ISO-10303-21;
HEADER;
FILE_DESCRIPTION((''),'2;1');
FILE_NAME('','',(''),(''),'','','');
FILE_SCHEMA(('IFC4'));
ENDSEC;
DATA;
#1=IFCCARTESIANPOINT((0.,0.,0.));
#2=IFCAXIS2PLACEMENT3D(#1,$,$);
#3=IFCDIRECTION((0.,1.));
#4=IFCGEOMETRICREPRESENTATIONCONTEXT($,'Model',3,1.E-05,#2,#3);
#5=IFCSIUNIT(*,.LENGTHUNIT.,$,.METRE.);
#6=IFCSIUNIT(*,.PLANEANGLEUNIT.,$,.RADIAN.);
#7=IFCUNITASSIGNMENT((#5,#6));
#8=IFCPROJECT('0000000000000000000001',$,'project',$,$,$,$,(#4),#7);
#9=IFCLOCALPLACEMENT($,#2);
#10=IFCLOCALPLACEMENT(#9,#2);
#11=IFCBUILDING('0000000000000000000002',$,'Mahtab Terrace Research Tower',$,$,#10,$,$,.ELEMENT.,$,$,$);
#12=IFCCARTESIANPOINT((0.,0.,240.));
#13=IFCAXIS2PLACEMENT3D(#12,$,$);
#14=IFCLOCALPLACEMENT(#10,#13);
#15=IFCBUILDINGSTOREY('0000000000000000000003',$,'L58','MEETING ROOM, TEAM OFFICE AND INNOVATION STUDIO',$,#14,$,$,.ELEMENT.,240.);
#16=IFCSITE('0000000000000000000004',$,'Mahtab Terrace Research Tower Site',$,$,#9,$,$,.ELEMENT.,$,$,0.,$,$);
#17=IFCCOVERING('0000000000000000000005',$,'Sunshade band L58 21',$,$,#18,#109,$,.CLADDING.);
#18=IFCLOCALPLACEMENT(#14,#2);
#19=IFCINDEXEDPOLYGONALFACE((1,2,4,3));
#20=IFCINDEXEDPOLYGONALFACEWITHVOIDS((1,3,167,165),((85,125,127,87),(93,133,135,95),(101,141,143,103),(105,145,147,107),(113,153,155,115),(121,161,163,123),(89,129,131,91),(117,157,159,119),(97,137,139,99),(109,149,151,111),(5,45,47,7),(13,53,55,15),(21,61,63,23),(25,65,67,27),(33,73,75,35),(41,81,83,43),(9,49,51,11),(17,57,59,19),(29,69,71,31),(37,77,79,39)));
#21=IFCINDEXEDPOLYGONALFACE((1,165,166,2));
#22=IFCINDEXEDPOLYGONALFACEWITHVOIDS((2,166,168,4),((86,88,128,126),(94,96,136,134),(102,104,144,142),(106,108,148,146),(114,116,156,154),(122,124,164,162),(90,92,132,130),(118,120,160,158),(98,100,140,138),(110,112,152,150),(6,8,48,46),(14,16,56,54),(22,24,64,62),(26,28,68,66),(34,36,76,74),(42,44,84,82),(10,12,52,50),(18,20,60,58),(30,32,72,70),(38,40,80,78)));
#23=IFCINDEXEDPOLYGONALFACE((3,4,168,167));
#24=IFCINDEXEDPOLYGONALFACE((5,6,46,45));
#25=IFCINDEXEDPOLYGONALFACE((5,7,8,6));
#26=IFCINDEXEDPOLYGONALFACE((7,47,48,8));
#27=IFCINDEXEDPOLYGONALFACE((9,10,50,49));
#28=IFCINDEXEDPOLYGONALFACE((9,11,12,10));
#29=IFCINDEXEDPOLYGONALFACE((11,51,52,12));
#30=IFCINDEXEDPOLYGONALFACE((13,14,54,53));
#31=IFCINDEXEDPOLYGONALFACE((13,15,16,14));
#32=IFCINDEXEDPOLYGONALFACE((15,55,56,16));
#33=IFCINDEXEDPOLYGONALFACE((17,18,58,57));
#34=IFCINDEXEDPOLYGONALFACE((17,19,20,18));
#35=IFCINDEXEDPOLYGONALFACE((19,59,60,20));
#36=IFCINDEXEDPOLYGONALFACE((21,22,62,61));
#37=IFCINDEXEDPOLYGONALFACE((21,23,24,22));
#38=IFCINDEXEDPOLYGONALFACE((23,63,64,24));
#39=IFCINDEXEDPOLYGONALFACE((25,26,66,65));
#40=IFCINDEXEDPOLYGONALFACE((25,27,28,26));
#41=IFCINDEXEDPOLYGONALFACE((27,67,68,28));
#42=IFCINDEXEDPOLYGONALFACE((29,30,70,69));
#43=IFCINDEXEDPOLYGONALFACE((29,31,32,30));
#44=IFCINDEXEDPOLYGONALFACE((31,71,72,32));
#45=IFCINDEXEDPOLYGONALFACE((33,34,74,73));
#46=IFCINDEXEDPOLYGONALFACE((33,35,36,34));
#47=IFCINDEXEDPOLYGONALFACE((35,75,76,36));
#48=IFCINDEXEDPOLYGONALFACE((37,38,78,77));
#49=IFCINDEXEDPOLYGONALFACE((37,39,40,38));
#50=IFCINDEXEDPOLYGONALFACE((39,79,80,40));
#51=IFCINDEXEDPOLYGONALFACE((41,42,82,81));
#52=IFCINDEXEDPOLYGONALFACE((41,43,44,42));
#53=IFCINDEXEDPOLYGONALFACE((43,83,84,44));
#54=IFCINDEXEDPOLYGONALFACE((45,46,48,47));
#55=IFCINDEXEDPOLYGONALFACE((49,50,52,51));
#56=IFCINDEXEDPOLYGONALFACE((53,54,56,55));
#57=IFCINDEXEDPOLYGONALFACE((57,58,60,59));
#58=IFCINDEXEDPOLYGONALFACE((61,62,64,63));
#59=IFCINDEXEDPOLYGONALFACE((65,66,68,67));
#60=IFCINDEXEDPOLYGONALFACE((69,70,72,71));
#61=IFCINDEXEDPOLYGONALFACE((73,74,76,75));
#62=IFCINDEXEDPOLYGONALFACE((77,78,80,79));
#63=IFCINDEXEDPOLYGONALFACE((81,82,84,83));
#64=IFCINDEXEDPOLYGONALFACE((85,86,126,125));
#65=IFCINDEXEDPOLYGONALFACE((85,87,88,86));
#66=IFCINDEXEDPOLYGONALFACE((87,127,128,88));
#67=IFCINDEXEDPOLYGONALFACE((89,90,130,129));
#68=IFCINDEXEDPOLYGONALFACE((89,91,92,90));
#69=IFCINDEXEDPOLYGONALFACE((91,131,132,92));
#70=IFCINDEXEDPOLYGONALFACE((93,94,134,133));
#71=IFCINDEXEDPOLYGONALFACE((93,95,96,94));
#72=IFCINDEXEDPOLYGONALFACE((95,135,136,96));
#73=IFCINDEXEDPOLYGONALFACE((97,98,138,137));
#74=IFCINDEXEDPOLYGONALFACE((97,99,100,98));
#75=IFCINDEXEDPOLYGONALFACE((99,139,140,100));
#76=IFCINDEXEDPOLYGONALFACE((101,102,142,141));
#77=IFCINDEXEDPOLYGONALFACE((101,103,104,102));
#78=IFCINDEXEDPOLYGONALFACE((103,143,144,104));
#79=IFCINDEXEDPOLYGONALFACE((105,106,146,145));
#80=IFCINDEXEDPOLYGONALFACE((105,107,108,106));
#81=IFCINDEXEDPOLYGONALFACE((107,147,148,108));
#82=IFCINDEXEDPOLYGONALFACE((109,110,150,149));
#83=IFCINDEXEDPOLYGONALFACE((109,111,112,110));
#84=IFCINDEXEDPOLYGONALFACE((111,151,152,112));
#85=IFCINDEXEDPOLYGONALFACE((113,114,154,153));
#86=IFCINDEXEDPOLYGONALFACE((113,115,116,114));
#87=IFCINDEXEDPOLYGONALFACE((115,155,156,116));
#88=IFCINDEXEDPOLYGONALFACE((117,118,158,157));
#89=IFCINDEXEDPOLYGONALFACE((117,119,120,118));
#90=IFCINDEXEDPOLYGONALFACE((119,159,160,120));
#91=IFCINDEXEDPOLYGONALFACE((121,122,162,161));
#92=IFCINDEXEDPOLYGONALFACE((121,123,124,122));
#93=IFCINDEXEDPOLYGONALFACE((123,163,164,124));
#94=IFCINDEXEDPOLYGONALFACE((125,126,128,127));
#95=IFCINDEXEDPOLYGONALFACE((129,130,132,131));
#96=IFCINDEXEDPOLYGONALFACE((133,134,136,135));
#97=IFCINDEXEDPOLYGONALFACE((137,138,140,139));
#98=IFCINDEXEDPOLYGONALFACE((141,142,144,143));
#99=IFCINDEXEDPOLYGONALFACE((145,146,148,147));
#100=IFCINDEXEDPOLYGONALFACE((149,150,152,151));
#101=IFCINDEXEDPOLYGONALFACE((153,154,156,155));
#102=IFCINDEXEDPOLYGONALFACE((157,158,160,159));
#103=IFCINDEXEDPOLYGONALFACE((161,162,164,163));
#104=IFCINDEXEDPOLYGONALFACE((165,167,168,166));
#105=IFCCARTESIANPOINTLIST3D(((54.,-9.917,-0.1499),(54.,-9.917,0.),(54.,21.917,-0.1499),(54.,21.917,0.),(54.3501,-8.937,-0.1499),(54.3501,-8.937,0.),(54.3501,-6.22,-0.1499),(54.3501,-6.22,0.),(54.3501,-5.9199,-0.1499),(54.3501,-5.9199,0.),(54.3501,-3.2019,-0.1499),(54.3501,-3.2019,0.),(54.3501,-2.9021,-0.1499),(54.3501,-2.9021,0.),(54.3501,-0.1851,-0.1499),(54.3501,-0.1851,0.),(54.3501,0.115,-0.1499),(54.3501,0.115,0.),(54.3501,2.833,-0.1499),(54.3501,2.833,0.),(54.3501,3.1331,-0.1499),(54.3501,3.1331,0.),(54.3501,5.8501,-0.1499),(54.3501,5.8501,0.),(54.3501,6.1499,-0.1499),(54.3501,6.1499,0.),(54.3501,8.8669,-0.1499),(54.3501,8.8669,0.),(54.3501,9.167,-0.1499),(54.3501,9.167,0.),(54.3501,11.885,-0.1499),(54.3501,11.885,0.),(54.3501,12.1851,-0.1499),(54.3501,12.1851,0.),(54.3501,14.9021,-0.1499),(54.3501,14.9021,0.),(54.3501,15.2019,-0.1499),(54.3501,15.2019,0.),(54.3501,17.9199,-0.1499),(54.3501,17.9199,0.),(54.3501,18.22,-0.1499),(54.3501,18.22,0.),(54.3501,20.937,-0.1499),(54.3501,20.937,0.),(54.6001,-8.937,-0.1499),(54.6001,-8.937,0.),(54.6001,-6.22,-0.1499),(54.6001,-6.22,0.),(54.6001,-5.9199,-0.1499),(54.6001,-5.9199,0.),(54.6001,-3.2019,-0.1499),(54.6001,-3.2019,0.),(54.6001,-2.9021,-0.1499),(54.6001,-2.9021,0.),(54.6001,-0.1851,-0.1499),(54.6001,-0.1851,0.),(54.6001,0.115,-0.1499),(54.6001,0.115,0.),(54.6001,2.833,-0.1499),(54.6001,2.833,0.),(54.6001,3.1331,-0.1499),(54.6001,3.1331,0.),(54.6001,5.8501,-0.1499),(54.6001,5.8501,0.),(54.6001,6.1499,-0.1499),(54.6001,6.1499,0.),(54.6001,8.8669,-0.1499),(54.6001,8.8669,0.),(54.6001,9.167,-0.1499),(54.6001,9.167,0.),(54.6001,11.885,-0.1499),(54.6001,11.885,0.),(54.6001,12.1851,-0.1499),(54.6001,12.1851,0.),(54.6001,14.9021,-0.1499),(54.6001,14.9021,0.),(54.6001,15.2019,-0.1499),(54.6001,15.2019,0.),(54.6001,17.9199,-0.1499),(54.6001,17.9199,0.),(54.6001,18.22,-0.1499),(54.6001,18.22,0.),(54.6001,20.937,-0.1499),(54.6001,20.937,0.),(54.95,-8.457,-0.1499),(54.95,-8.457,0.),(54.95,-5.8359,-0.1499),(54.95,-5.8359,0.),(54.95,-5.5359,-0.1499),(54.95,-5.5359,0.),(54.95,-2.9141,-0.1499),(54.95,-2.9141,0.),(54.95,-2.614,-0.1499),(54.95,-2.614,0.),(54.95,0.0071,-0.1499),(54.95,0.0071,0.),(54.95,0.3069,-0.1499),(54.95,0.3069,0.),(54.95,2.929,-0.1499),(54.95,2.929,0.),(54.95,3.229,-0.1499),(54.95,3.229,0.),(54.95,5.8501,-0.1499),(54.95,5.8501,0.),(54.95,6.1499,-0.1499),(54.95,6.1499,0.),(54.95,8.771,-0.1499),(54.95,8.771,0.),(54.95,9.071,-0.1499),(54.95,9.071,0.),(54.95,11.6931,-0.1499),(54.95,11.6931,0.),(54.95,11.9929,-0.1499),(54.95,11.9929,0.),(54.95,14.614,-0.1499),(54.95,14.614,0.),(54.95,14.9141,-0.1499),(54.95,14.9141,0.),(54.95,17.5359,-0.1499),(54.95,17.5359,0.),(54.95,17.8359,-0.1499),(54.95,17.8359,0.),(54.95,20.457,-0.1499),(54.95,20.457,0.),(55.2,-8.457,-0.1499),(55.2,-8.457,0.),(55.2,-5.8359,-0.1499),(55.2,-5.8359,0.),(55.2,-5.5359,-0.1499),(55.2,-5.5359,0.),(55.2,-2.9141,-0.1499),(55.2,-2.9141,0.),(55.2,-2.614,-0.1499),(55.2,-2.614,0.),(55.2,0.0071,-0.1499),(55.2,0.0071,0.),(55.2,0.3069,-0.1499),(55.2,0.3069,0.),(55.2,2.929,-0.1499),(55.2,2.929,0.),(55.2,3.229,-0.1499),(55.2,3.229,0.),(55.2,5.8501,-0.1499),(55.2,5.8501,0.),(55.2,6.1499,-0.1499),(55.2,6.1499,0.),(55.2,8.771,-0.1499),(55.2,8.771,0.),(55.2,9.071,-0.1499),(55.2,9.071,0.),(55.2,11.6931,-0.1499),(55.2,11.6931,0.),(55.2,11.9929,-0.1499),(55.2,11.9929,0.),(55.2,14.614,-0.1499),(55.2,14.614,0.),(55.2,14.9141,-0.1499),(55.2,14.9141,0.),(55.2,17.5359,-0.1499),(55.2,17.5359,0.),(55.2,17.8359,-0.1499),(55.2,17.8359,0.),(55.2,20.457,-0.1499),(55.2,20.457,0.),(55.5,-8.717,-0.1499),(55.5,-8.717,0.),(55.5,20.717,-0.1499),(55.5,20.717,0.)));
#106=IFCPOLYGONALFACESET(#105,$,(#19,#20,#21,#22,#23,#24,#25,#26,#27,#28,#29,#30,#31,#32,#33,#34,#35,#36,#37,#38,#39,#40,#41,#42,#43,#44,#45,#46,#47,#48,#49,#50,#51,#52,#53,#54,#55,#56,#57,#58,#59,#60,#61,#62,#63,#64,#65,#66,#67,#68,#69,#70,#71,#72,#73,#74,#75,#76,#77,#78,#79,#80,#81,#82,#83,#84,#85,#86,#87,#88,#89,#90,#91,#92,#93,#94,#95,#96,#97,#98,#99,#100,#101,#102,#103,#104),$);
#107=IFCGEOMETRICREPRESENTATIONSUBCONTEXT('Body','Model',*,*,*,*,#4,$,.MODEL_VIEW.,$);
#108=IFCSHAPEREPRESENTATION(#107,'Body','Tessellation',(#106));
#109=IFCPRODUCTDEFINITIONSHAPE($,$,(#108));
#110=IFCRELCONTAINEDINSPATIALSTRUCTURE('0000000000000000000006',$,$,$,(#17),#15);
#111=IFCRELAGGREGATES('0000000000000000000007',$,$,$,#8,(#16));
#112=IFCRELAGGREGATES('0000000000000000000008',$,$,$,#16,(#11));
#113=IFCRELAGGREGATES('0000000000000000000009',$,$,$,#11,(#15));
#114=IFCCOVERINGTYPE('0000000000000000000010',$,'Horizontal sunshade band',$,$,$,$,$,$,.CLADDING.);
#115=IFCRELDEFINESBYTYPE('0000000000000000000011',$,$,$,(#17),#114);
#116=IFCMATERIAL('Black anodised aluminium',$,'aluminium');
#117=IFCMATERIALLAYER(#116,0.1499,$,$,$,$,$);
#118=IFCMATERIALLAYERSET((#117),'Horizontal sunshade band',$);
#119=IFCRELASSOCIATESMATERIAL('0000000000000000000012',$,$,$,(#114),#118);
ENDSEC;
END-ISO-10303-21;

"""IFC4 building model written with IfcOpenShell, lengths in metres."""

from ifc_helpers import new_model, si_unit, direction, frame, origin, place, context, subcontext, project, spatial, polyline, outline, extrude, material, layer, layer_set, type_object, element, save


model = new_model("IFC4")

# Units and contexts
model_context = context("Model", 3, precision=1e-05, world=origin(), true_north=direction((0.0, 1.0)))
body_context = subcontext(model_context, "Body", "Model", "MODEL_VIEW")
ifc_project = project(units=[si_unit("LENGTHUNIT", "METRE"), si_unit("PLANEANGLEUNIT", "RADIAN")], contexts=[model_context])

# Site, building, storey
site_placement = place(None, origin())
site = spatial("IfcSite", under=ifc_project, at=site_placement, Name="Mahtab Terrace Research Tower Site", CompositionType="ELEMENT", RefElevation=0.0)
building_placement = place(site_placement, origin())
building = spatial("IfcBuilding", under=site, at=building_placement, Name="Mahtab Terrace Research Tower", CompositionType="ELEMENT")
storey_placement = place(building_placement, frame((0.0, 0.0, 240.0)))
storey = spatial("IfcBuildingStorey", under=building, at=storey_placement, Name="L58", Description="MEETING ROOM, TEAM OFFICE AND INNOVATION STUDIO", CompositionType="ELEMENT", Elevation=240.0)

# Covering
ifc_material_1 = material(Name="Black anodised aluminium", Category="aluminium")
ifc_layer_1 = layer(ifc_material_1, 0.1499)
ifc_layer_set_1 = layer_set([ifc_layer_1], Name="Horizontal sunshade band")
covering_type_1 = type_object("IfcCoveringType", Name="Horizontal sunshade band", PredefinedType="CLADDING", material=ifc_layer_set_1)
covering_1_placement = place(storey_placement, frame((0.0, 0.0, -0.1499)))
element("IfcCovering", 1, at=covering_1_placement, inside=storey, type_object=covering_type_1, Name="Sunshade band L58 21", PredefinedType="CLADDING", context=body_context, shape_type="SweptSolid", body=[
    extrude(outline(polyline([(54.0, -9.917), (54.0, 21.917), (55.5, 20.717), (55.5, -8.717), (54.0, -9.917)]), holes=[polyline([(54.3501, -8.937), (54.3501, -6.22), (54.6001, -6.22), (54.6001, -8.937), (54.3501, -8.937)]), polyline([(54.3501, -5.9199), (54.3501, -3.2019), (54.6001, -3.2019), (54.6001, -5.9199), (54.3501, -5.9199)]), polyline([(54.3501, -2.9021), (54.3501, -0.1851), (54.6001, -0.1851), (54.6001, -2.9021), (54.3501, -2.9021)]), polyline([(54.3501, 0.115), (54.3501, 2.833), (54.6001, 2.833), (54.6001, 0.115), (54.3501, 0.115)]), polyline([(54.3501, 3.1331), (54.3501, 5.8501), (54.6001, 5.8501), (54.6001, 3.1331), (54.3501, 3.1331)]), polyline([(54.3501, 6.1499), (54.3501, 8.8669), (54.6001, 8.8669), (54.6001, 6.1499), (54.3501, 6.1499)]), polyline([(54.3501, 9.167), (54.3501, 11.885), (54.6001, 11.885), (54.6001, 9.167), (54.3501, 9.167)]), polyline([(54.3501, 12.1851), (54.3501, 14.9021), (54.6001, 14.9021), (54.6001, 12.1851), (54.3501, 12.1851)]), polyline([(54.3501, 15.2019), (54.3501, 17.9199), (54.6001, 17.9199), (54.6001, 15.2019), (54.3501, 15.2019)]), polyline([(54.3501, 18.22), (54.3501, 20.937), (54.6001, 20.937), (54.6001, 18.22), (54.3501, 18.22)]), polyline([(54.95, -8.457), (54.95, -5.8359), (55.2, -5.8359), (55.2, -8.457), (54.95, -8.457)]), polyline([(54.95, -5.5359), (54.95, -2.9141), (55.2, -2.9141), (55.2, -5.5359), (54.95, -5.5359)]), polyline([(54.95, -2.614), (54.95, 0.0071), (55.2, 0.0071), (55.2, -2.614), (54.95, -2.614)]), polyline([(54.95, 0.3069), (54.95, 2.929), (55.2, 2.929), (55.2, 0.3069), (54.95, 0.3069)]), polyline([(54.95, 3.229), (54.95, 5.8501), (55.2, 5.8501), (55.2, 3.229), (54.95, 3.229)]), polyline([(54.95, 6.1499), (54.95, 8.771), (55.2, 8.771), (55.2, 6.1499), (54.95, 6.1499)]), polyline([(54.95, 9.071), (54.95, 11.6931), (55.2, 11.6931), (55.2, 9.071), (54.95, 9.071)]), polyline([(54.95, 11.9929), (54.95, 14.614), (55.2, 14.614), (55.2, 11.9929), (54.95, 11.9929)]), polyline([(54.95, 14.9141), (54.95, 17.5359), (55.2, 17.5359), (55.2, 14.9141), (54.95, 14.9141)]), polyline([(54.95, 17.8359), (54.95, 20.457), (55.2, 20.457), (55.2, 17.8359), (54.95, 17.8359)])]), origin(), (0.0, 0.0, 1.0), 0.1499),
])

save(model, "model.ifc")
